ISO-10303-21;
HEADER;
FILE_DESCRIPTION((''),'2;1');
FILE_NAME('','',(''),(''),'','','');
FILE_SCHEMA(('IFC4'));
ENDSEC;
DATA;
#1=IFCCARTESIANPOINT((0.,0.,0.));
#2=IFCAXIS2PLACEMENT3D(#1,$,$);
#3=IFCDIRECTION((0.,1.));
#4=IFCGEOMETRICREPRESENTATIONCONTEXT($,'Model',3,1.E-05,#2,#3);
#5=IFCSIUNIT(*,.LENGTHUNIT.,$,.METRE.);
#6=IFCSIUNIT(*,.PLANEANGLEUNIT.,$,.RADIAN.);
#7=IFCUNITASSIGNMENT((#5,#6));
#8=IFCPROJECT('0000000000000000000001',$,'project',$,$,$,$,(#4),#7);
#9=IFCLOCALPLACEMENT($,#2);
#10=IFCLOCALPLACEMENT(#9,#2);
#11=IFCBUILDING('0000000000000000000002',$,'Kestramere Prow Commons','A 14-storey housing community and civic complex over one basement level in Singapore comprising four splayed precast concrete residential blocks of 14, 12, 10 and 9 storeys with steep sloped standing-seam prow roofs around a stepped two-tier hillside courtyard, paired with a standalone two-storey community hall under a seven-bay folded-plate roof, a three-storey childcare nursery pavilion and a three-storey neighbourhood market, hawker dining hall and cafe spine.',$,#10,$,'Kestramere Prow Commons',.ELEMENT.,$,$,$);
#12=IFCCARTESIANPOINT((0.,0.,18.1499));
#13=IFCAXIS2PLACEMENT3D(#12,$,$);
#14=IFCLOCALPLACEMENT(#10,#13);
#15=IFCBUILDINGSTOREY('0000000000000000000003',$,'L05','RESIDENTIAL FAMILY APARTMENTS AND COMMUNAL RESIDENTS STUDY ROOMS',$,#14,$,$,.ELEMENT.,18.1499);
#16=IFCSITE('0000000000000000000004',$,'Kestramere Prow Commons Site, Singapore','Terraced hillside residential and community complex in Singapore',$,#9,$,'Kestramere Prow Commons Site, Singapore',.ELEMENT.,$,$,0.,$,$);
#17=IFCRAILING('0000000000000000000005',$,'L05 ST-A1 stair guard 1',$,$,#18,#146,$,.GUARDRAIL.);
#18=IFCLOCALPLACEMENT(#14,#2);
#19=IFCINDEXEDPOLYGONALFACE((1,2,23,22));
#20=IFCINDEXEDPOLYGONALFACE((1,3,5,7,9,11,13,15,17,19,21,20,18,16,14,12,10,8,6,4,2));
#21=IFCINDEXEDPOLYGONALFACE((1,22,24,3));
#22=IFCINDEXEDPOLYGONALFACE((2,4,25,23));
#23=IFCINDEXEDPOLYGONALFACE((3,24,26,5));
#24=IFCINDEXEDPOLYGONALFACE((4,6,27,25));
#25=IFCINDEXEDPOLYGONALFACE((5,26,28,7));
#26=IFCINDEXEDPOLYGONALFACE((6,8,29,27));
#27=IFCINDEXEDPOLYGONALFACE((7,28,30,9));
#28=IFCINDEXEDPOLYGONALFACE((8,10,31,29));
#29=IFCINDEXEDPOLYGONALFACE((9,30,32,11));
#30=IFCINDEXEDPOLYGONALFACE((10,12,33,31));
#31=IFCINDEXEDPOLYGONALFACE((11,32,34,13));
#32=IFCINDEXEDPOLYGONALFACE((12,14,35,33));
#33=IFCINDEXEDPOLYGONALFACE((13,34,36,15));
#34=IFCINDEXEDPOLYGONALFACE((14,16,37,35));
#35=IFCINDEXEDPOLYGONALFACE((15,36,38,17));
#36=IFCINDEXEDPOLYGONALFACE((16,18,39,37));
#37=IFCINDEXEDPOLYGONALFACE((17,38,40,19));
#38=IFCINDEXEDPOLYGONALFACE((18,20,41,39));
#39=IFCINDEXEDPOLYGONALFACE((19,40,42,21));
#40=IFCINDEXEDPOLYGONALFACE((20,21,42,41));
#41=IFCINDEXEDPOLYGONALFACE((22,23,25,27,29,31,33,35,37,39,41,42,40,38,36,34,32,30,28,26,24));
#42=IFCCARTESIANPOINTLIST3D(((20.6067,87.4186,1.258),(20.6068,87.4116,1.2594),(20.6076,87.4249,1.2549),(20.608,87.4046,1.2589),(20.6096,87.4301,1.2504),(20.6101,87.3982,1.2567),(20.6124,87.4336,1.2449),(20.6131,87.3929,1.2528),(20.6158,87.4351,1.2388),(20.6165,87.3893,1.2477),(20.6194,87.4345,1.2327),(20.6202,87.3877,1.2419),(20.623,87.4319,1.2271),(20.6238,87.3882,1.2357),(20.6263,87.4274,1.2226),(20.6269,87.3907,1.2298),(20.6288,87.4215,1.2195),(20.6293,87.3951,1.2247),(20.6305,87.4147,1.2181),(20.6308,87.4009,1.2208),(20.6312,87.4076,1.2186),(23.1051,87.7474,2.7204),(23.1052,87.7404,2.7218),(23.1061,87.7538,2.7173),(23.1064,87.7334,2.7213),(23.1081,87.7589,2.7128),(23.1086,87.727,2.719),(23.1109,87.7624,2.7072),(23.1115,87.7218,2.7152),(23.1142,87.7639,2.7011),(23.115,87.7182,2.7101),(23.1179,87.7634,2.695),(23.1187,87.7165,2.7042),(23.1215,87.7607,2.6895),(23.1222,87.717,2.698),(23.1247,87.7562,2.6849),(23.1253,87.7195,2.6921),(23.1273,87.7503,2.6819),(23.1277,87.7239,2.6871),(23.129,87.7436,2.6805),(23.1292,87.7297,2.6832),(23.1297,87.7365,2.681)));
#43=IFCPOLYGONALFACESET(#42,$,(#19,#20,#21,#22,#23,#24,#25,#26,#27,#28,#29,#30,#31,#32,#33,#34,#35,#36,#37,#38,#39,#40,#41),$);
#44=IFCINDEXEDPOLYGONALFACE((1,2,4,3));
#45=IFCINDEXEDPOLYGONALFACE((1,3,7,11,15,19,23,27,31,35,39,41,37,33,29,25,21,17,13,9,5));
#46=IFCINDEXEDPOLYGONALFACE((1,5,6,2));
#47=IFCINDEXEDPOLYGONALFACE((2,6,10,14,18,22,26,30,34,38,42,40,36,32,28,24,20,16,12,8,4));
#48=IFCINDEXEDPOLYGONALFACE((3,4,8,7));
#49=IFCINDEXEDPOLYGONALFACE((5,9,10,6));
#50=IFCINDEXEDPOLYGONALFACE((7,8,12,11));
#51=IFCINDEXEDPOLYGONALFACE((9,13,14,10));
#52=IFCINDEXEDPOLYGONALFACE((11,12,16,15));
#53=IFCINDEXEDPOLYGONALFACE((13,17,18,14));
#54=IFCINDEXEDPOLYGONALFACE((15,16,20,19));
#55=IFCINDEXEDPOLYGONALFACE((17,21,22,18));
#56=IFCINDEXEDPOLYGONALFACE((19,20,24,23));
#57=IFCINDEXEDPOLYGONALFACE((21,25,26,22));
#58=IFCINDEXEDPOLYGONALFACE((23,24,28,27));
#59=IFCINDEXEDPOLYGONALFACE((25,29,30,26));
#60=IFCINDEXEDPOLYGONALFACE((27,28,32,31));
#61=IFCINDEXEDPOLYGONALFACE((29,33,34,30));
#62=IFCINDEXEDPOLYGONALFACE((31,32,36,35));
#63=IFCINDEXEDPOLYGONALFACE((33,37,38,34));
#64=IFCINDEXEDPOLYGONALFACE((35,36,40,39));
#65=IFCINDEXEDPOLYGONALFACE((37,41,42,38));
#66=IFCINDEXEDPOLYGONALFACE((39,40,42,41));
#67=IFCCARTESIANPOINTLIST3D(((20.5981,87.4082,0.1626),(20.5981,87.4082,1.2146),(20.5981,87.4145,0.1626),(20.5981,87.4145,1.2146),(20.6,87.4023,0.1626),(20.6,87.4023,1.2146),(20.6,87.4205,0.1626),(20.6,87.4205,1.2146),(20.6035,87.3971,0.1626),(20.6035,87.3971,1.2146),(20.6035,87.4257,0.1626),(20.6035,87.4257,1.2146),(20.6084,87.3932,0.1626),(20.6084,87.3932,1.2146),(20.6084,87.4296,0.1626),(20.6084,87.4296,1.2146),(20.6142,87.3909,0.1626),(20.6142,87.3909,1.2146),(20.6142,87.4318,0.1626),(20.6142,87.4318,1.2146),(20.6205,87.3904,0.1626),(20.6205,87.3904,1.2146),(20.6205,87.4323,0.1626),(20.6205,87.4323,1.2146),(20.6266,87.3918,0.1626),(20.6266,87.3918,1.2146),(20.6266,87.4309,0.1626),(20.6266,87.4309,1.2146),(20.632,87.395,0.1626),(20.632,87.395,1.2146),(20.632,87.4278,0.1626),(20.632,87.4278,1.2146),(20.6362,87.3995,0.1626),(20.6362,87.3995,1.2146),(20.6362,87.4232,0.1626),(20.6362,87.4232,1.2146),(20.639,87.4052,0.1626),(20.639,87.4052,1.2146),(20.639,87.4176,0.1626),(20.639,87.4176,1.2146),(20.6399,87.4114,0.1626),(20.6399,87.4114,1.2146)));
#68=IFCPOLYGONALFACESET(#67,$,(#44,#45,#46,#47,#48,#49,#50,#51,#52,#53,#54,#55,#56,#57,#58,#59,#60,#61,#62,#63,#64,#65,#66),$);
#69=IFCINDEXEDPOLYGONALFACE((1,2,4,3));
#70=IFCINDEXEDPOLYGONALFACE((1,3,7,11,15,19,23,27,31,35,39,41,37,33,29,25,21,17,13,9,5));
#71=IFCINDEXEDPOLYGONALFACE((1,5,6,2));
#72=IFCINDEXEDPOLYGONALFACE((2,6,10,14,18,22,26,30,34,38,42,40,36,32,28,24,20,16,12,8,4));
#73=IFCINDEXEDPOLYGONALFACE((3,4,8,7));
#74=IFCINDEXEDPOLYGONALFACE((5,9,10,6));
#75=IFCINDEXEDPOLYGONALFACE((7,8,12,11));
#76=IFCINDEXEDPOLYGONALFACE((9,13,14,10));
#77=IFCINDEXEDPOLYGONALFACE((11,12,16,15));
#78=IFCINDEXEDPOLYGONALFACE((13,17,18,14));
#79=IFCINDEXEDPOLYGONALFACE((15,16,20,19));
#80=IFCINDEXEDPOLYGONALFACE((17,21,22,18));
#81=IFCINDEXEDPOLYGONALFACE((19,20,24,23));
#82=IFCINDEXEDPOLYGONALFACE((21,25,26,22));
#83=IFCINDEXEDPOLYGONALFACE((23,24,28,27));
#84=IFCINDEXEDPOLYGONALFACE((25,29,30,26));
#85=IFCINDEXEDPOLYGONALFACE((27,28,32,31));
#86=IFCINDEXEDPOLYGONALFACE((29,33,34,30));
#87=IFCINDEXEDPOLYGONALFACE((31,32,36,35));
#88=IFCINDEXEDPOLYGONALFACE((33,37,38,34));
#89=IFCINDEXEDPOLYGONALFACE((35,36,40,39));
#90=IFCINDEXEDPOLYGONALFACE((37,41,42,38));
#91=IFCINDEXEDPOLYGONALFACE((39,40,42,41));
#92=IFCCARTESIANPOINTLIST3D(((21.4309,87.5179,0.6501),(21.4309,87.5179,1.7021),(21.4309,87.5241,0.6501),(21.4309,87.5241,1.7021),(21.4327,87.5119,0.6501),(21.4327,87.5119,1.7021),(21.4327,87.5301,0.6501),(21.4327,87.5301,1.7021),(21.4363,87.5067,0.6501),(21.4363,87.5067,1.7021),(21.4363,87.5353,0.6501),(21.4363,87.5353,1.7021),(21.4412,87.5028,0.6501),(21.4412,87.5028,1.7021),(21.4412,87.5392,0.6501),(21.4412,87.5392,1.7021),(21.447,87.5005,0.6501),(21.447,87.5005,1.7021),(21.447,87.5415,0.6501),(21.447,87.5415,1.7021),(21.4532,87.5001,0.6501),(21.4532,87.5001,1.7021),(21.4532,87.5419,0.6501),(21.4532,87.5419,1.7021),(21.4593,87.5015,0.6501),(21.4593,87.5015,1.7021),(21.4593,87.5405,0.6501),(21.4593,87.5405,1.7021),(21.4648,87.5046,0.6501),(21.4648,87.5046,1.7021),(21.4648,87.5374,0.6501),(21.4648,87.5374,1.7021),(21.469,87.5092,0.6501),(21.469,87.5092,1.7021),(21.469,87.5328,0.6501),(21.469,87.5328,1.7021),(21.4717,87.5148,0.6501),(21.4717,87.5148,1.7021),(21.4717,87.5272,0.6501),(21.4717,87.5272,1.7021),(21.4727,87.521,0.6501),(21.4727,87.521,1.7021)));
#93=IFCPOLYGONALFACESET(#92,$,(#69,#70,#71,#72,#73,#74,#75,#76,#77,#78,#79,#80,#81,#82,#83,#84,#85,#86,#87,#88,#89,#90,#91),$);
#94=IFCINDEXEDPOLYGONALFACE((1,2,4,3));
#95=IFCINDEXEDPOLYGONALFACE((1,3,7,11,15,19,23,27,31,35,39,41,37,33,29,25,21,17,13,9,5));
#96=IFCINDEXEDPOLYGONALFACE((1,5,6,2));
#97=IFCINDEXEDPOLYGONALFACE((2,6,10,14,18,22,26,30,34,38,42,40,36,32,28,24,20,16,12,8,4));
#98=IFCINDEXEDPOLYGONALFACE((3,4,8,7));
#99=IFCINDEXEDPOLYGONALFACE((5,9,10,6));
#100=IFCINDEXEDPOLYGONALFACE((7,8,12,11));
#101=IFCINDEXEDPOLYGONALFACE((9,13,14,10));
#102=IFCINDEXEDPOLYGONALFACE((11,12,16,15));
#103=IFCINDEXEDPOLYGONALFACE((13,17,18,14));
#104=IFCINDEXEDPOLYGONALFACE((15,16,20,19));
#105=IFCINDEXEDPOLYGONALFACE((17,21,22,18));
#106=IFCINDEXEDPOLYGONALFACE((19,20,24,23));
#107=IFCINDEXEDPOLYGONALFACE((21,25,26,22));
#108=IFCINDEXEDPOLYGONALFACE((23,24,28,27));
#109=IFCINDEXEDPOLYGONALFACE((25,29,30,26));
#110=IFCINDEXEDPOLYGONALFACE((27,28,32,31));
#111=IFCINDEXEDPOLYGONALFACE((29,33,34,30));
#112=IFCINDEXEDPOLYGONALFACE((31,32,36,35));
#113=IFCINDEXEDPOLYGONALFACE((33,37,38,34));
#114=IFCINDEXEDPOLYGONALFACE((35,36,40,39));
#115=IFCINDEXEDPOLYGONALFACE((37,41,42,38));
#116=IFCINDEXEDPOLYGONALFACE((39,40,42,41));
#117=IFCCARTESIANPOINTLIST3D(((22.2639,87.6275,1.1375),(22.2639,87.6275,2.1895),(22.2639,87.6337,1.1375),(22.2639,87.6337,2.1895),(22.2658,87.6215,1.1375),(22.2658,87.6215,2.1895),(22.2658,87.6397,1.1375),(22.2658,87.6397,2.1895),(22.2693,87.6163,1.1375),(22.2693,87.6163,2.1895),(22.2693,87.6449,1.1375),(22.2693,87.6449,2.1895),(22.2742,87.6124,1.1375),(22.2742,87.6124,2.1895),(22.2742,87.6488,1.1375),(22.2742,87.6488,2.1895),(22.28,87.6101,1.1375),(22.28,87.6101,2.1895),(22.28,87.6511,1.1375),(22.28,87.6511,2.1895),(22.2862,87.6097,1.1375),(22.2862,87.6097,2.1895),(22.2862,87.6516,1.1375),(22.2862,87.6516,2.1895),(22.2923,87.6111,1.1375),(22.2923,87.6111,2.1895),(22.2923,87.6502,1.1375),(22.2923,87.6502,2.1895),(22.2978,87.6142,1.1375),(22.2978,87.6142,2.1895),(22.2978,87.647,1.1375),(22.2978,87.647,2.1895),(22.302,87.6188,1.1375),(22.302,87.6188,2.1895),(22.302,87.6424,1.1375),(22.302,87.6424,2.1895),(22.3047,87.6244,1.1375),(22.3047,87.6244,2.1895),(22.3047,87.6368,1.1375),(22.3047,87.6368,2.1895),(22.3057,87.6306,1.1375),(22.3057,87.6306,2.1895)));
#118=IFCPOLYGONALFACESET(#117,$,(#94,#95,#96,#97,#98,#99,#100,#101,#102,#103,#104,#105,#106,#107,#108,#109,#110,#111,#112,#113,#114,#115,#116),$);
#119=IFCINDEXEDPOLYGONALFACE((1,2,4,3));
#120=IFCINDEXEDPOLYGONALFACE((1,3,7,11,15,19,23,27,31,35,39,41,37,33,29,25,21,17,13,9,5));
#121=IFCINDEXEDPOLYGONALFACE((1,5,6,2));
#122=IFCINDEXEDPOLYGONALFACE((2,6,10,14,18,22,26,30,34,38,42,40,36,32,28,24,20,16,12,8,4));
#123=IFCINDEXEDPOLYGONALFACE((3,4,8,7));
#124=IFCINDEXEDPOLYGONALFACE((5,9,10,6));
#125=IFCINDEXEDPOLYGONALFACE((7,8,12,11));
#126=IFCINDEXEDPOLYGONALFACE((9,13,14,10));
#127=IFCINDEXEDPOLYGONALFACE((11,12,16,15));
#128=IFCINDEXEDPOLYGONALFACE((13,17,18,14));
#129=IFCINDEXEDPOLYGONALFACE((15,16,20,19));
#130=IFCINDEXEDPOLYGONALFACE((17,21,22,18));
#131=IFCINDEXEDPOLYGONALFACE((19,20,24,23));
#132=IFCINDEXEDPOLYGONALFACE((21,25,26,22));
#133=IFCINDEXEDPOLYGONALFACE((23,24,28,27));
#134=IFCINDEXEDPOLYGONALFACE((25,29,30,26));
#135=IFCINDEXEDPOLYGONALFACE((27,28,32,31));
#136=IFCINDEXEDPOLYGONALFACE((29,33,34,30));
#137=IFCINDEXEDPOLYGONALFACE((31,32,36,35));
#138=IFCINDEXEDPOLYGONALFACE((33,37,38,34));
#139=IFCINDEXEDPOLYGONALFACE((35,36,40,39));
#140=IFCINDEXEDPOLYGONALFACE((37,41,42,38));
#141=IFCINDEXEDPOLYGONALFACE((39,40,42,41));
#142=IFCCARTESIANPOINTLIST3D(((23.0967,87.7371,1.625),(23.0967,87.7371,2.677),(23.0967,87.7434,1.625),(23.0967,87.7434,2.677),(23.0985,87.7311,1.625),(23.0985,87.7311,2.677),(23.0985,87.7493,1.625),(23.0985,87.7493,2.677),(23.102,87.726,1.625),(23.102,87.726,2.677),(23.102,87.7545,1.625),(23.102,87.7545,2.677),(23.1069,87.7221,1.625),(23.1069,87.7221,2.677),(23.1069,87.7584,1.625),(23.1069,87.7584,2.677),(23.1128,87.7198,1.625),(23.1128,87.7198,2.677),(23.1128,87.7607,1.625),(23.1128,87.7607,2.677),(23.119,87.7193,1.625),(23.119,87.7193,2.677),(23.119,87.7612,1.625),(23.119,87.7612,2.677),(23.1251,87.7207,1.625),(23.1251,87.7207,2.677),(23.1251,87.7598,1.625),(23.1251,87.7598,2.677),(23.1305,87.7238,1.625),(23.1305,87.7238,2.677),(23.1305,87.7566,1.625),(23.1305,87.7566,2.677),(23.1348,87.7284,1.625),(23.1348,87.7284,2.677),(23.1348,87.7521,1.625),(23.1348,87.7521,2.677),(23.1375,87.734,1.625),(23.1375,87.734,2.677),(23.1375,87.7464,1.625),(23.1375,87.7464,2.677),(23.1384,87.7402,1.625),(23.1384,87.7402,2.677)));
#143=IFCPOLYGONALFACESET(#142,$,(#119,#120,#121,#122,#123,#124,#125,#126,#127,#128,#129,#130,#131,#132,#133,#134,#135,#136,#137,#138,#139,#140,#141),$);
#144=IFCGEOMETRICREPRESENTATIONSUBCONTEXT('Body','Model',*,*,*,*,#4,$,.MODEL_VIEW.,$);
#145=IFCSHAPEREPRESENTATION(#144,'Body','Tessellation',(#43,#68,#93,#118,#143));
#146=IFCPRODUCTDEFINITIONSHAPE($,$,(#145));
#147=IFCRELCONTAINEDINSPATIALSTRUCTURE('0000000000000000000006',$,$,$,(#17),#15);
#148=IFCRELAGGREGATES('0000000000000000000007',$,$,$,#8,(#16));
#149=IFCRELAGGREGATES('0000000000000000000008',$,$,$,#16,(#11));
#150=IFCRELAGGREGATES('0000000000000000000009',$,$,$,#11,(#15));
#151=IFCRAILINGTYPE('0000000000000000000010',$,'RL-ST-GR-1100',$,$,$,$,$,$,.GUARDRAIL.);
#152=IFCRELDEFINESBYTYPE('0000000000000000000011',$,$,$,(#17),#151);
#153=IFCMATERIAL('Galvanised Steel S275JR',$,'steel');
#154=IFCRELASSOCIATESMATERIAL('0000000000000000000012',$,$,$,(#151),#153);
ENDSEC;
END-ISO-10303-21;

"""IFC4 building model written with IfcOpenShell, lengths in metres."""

from ifc_helpers import new_model, si_unit, direction, frame, origin, origin_2d, place, context, subcontext, project, spatial, circle, extrude, material, type_object, element, save


model = new_model("IFC4")

# Units and contexts
model_context = context("Model", 3, precision=1e-05, world=origin(), true_north=direction((0.0, 1.0)))
body_context = subcontext(model_context, "Body", "Model", "MODEL_VIEW")
ifc_project = project(units=[si_unit("LENGTHUNIT", "METRE"), si_unit("PLANEANGLEUNIT", "RADIAN")], contexts=[model_context])

# Site, building, storey
site_placement = place(None, origin())
site = spatial("IfcSite", under=ifc_project, at=site_placement, Name="Kestramere Prow Commons Site, Singapore", Description="Terraced hillside residential and community complex in Singapore", LongName="Kestramere Prow Commons Site, Singapore", CompositionType="ELEMENT", RefElevation=0.0)
building_placement = place(site_placement, origin())
building = spatial("IfcBuilding", under=site, at=building_placement, Name="Kestramere Prow Commons", Description="A 14-storey housing community and civic complex over one basement level in Singapore comprising four splayed precast concrete residential blocks of 14, 12, 10 and 9 storeys with steep sloped standing-seam prow roofs around a stepped two-tier hillside courtyard, paired with a standalone two-storey community hall under a seven-bay folded-plate roof, a three-storey childcare nursery pavilion and a three-storey neighbourhood market, hawker dining hall and cafe spine.", LongName="Kestramere Prow Commons", CompositionType="ELEMENT")
storey_placement = place(building_placement, frame((0.0, 0.0, 18.1499)))
storey = spatial("IfcBuildingStorey", under=building, at=storey_placement, Name="L05", Description="RESIDENTIAL FAMILY APARTMENTS AND COMMUNAL RESIDENTS STUDY ROOMS", CompositionType="ELEMENT", Elevation=18.1499)

# Railing
ifc_material_1 = material(Name="Galvanised Steel S275JR", Category="steel")
railing_type_1 = type_object("IfcRailingType", Name="RL-ST-GR-1100", PredefinedType="GUARDRAIL", material=ifc_material_1)
railing_1_placement = place(storey_placement, frame((20.6189, 87.4114, 0.1626)))
element("IfcRailing", 1, at=railing_1_placement, inside=storey, type_object=railing_type_1, Name="L05 ST-A1 stair guard 1", PredefinedType="GUARDRAIL", context=body_context, shape_type="SweptSolid", body=[
    extrude(circle(Radius=0.0239, at=origin_2d()), frame((0.0, 0.0, 1.0762), z_axis=(0.857523, 0.112867, 0.501912), x_axis=(-0.130495, 0.991449, 0.0)), (0.0, 0.0, 1.0), 2.9136),
    extrude(circle(Radius=0.021, at=origin_2d()), origin(), (0.0, 0.0, 1.0), 1.052),
    extrude(circle(Radius=0.021, at=origin_2d()), frame((0.8328, 0.1096, 0.4875)), (0.0, 0.0, 1.0), 1.052),
    extrude(circle(Radius=0.021, at=origin_2d()), frame((1.6658, 0.2192, 0.9749)), (0.0, 0.0, 1.0), 1.052),
    extrude(circle(Radius=0.021, at=origin_2d()), frame((2.4985, 0.3289, 1.4624)), (0.0, 0.0, 1.0), 1.052),
])

save(model, "model.ifc")
